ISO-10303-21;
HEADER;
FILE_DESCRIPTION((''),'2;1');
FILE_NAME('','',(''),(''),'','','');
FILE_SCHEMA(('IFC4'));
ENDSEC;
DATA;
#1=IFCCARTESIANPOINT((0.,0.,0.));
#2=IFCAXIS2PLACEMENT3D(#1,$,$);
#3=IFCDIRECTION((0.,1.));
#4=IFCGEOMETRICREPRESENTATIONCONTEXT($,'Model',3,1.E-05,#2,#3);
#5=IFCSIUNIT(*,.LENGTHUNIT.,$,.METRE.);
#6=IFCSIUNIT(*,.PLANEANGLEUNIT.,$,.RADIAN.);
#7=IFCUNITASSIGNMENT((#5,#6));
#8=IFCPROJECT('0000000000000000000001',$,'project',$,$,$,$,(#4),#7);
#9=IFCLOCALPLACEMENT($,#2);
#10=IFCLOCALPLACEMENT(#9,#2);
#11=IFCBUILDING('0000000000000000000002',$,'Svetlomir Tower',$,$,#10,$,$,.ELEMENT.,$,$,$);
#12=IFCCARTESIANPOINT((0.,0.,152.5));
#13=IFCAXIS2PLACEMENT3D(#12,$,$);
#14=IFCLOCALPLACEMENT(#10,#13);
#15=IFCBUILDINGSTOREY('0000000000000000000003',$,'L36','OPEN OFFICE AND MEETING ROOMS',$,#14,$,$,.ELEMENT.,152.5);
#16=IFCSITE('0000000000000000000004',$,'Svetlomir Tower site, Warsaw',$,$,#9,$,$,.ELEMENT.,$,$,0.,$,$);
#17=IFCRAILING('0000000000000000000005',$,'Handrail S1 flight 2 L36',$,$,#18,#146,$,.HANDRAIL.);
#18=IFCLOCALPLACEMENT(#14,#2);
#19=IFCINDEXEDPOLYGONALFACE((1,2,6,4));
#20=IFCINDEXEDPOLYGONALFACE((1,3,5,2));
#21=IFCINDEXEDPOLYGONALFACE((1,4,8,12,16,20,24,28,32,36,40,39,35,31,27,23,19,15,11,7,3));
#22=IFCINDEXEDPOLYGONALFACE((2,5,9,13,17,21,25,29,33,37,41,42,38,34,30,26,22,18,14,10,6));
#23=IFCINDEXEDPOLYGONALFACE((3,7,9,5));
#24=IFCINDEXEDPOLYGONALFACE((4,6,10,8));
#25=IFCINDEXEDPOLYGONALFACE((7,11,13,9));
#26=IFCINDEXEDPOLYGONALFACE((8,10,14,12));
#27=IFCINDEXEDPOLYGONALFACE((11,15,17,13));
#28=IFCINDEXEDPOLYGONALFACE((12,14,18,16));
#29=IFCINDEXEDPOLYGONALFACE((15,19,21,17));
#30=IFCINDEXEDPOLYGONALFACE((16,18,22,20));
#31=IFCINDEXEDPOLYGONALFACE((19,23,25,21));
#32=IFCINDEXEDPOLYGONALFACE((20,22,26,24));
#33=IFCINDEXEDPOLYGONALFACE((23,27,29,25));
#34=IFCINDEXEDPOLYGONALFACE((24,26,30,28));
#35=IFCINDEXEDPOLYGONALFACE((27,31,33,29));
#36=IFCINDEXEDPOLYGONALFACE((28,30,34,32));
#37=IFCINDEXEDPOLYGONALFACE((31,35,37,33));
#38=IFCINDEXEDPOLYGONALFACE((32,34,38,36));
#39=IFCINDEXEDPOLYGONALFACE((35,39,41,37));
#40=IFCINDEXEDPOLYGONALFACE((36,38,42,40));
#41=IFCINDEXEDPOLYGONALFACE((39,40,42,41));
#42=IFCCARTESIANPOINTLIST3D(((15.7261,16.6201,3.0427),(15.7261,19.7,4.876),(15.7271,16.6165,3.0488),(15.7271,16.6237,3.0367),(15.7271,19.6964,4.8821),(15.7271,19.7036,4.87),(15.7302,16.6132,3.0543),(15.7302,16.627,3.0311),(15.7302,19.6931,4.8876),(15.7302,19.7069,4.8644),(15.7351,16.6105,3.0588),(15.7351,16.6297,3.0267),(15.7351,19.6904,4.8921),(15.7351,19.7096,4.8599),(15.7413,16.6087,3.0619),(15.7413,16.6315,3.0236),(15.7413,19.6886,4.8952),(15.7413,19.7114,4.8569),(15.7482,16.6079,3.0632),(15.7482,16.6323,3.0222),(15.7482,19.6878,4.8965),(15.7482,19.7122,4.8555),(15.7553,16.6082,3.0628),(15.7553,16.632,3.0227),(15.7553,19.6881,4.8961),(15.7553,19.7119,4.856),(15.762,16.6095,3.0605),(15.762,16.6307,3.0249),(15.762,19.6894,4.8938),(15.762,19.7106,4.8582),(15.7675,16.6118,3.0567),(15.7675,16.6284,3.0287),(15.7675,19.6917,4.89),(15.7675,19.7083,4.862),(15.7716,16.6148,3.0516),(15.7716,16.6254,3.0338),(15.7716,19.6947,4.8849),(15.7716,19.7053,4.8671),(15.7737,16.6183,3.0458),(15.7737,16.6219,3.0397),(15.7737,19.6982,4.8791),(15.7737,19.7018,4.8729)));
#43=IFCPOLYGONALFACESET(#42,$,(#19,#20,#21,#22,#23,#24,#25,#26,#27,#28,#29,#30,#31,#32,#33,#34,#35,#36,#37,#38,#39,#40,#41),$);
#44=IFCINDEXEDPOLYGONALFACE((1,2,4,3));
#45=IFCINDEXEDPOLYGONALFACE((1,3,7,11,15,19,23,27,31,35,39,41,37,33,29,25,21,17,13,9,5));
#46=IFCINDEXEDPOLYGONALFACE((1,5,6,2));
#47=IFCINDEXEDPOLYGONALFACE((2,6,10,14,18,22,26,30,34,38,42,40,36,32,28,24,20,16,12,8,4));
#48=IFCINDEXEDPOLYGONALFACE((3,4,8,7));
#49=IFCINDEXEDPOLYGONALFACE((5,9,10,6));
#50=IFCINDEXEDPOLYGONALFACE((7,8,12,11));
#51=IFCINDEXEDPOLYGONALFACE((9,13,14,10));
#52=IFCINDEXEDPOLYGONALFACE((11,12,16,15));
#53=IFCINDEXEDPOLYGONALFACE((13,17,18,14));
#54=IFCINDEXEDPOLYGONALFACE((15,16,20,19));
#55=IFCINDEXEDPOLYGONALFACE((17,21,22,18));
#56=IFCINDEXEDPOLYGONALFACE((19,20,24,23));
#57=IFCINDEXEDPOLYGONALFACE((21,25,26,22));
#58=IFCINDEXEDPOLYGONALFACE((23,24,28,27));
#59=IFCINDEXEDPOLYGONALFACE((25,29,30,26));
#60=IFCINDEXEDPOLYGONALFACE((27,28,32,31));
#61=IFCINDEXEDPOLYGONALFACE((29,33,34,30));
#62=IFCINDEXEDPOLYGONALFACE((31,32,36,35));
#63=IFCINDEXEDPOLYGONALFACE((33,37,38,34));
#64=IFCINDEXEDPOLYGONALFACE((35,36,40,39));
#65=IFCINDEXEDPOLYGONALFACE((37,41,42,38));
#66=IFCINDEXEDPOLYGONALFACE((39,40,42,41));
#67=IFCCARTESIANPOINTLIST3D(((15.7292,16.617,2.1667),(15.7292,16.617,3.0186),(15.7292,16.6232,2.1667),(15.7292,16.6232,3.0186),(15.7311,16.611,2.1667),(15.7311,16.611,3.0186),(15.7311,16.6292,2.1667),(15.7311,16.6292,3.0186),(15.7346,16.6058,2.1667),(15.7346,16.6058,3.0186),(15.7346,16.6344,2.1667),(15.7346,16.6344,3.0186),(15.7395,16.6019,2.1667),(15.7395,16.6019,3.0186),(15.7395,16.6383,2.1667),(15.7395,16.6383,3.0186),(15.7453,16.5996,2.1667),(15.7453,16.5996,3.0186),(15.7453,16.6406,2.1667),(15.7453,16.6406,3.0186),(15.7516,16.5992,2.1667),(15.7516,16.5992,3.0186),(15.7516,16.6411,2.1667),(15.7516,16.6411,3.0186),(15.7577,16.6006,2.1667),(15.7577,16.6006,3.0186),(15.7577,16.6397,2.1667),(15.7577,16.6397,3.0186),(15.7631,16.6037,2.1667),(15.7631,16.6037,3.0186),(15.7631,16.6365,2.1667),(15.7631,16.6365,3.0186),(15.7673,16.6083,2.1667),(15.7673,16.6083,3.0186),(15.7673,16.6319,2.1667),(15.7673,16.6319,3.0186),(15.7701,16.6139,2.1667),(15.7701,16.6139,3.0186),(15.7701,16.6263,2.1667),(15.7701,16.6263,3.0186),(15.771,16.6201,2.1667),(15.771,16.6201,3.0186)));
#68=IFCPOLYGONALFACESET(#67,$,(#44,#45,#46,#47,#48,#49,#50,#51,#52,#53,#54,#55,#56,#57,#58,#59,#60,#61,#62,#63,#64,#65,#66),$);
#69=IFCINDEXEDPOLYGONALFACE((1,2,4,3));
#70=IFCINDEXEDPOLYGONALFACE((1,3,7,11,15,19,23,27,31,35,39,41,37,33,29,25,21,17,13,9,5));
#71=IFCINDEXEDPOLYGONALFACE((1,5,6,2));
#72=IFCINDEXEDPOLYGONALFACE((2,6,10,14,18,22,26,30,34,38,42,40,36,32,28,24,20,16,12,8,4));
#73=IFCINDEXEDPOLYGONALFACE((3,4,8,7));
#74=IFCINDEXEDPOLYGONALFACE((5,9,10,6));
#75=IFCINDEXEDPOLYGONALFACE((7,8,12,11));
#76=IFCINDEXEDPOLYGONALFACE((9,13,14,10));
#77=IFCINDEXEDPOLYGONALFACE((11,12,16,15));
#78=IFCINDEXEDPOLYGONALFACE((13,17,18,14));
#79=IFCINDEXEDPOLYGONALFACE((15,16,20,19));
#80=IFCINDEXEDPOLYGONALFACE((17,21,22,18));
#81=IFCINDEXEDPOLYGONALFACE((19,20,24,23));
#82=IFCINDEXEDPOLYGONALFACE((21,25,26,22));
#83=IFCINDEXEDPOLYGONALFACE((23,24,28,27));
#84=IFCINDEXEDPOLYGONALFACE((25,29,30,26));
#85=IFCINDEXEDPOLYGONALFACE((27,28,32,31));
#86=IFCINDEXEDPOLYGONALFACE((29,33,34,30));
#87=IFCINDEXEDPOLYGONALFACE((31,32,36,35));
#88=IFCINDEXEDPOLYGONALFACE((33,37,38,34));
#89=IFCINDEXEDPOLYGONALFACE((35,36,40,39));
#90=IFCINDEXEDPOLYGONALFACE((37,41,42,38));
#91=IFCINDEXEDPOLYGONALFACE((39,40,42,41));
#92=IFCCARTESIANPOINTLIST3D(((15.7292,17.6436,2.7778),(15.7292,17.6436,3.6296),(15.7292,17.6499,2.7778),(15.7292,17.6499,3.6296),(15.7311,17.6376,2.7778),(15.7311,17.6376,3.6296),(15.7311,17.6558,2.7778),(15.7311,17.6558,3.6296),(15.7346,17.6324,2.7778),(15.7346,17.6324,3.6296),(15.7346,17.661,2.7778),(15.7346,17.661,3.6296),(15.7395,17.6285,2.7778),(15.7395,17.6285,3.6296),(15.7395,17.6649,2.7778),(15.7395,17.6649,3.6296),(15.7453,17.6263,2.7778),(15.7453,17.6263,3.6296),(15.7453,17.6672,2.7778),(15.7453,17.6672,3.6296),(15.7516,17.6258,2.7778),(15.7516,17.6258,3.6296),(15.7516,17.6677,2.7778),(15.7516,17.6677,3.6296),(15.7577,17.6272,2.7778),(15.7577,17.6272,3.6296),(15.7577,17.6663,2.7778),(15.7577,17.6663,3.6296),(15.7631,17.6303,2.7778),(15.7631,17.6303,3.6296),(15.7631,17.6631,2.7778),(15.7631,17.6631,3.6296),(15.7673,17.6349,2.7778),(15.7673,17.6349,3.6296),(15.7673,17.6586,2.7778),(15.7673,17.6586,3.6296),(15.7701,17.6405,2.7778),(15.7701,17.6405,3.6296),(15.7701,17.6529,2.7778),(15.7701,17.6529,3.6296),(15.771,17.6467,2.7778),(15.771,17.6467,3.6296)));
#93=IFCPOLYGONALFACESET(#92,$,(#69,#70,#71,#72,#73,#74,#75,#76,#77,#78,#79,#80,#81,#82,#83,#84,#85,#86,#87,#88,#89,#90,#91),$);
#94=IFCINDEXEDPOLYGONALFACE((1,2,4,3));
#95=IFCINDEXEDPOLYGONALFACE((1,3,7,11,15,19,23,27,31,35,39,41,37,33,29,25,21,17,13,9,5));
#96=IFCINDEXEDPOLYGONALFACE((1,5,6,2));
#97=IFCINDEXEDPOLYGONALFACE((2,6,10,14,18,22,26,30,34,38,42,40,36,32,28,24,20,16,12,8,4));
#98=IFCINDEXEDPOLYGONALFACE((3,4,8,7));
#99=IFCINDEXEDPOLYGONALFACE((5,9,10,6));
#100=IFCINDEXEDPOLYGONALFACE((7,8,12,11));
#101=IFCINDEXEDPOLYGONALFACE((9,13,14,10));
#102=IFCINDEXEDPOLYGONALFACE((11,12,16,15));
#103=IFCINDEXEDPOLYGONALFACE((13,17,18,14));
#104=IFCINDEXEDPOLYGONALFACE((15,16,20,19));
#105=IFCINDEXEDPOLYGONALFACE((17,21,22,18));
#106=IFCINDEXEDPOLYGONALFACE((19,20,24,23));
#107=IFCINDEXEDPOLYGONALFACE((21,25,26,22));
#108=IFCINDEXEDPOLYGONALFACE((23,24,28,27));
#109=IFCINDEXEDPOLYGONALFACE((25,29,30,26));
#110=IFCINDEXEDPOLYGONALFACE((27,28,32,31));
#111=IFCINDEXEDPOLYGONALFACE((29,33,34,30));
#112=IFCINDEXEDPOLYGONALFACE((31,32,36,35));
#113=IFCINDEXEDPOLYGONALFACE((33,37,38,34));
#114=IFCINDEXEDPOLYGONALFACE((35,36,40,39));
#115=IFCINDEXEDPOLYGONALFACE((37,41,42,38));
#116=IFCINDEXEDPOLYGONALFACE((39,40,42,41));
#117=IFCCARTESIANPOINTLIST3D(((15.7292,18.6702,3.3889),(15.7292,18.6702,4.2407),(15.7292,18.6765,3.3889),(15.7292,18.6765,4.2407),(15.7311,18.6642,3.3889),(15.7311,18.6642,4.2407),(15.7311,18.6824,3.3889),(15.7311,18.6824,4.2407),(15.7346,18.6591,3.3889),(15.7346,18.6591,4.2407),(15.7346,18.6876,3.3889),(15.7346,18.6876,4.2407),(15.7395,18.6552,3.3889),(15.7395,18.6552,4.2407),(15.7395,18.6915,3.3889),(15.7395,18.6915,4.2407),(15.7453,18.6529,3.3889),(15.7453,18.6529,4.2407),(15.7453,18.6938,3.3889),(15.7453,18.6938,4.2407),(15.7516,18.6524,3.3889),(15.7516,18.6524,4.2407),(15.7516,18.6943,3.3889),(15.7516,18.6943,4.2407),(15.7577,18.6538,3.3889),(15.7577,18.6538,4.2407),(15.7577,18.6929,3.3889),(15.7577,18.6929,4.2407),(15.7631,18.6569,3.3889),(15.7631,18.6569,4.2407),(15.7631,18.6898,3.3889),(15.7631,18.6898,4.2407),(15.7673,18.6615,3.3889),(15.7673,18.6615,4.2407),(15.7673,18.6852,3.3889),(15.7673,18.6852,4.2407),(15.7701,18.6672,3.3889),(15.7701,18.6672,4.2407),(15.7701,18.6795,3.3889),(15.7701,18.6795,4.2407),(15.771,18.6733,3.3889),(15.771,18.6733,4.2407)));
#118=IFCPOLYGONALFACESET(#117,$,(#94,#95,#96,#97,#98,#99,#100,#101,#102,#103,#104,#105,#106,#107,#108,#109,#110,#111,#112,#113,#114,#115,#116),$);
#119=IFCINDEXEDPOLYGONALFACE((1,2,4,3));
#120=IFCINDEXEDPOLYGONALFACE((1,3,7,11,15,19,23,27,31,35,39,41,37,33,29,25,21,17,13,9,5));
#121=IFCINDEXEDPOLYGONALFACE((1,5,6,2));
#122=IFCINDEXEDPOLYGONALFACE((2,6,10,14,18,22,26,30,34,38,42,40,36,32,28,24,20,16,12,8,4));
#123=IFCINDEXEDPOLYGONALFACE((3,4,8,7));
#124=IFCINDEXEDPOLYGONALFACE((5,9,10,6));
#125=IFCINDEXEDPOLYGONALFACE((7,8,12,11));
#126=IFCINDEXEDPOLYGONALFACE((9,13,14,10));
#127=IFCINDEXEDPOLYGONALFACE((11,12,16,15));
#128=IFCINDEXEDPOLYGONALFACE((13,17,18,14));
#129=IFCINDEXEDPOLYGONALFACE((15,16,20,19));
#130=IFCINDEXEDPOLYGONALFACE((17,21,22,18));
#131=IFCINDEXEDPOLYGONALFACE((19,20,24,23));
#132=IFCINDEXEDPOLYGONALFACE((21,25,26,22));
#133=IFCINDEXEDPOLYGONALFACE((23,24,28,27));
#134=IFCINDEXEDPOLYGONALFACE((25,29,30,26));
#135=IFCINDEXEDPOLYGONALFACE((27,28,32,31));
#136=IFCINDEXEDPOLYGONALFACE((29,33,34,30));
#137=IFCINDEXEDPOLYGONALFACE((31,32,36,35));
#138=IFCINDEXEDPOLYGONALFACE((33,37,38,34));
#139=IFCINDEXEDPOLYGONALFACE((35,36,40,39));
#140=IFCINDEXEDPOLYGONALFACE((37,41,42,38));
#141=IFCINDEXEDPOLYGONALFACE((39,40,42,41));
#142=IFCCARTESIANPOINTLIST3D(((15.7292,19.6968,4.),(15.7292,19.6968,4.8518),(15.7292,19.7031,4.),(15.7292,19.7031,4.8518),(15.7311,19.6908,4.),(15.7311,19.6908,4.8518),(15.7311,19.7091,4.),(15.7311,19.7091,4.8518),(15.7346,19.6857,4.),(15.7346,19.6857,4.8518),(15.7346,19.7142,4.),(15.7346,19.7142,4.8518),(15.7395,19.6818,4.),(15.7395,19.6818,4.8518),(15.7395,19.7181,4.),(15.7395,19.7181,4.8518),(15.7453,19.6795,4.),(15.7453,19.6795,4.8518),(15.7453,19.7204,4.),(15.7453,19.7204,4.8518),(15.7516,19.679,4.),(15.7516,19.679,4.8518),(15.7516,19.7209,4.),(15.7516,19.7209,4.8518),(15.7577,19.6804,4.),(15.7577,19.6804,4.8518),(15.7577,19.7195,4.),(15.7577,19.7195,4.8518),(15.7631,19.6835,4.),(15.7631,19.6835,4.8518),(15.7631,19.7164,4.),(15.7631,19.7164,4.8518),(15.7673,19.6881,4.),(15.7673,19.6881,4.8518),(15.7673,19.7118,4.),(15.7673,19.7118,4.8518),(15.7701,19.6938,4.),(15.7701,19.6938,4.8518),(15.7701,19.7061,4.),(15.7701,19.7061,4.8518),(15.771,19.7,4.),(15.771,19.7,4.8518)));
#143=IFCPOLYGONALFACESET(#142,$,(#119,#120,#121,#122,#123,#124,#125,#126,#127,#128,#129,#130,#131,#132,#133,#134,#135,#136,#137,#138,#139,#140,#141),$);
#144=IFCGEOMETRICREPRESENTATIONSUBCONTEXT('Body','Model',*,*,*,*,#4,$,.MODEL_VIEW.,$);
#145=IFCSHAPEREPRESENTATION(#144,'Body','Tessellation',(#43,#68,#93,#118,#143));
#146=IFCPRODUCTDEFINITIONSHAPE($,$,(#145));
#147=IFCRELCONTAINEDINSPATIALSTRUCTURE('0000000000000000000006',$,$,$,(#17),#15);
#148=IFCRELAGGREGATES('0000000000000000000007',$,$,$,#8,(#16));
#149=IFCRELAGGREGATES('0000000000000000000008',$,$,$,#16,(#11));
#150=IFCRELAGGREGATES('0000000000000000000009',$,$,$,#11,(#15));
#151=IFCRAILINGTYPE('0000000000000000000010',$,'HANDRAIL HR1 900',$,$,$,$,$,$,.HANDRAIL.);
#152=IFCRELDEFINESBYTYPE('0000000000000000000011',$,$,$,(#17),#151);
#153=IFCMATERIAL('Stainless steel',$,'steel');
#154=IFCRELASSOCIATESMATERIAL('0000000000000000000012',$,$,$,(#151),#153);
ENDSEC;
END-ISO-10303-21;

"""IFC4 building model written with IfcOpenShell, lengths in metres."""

from ifc_helpers import new_model, si_unit, direction, frame, origin, origin_2d, place, context, subcontext, project, spatial, circle, extrude, material, type_object, element, save


model = new_model("IFC4")

# Units and contexts
model_context = context("Model", 3, precision=1e-05, world=origin(), true_north=direction((0.0, 1.0)))
body_context = subcontext(model_context, "Body", "Model", "MODEL_VIEW")
ifc_project = project(units=[si_unit("LENGTHUNIT", "METRE"), si_unit("PLANEANGLEUNIT", "RADIAN")], contexts=[model_context])

# Site, building, storey
site_placement = place(None, origin())
site = spatial("IfcSite", under=ifc_project, at=site_placement, Name="Svetlomir Tower site, Warsaw", CompositionType="ELEMENT", RefElevation=0.0)
building_placement = place(site_placement, origin())
building = spatial("IfcBuilding", under=site, at=building_placement, Name="Svetlomir Tower", CompositionType="ELEMENT")
storey_placement = place(building_placement, frame((0.0, 0.0, 152.5)))
storey = spatial("IfcBuildingStorey", under=building, at=storey_placement, Name="L36", Description="OPEN OFFICE AND MEETING ROOMS", CompositionType="ELEMENT", Elevation=152.5)

# Railing
ifc_material_1 = material(Name="Stainless steel", Category="steel")
railing_type = type_object("IfcRailingType", Name="HANDRAIL HR1 900", PredefinedType="HANDRAIL", material=ifc_material_1)
railing_placement = place(storey_placement, frame((15.75, 16.6201, 2.1667)))
element("IfcRailing", 1, at=railing_placement, inside=storey, type_object=railing_type, Name="Handrail S1 flight 2 L36", PredefinedType="HANDRAIL", context=body_context, shape_type="SweptSolid", body=[
    extrude(circle(Radius=0.0239, at=origin_2d()), frame((0.0, 0.0, 0.876), z_axis=(0.0, 0.859291, 0.511487), x_axis=(-1.0, 0.0, 0.0)), (0.0, 0.0, 1.0), 3.5842),
    extrude(circle(Radius=0.021, at=origin_2d()), origin(), (0.0, 0.0, 1.0), 0.8518),
    extrude(circle(Radius=0.021, at=origin_2d()), frame((0.0, 1.0266, 0.6111)), (0.0, 0.0, 1.0), 0.8518),
    extrude(circle(Radius=0.021, at=origin_2d()), frame((0.0, 2.0532, 1.2222)), (0.0, 0.0, 1.0), 0.8518),
    extrude(circle(Radius=0.021, at=origin_2d()), frame((0.0, 3.0798, 1.8333)), (0.0, 0.0, 1.0), 0.8518),
])

save(model, "model.ifc")
